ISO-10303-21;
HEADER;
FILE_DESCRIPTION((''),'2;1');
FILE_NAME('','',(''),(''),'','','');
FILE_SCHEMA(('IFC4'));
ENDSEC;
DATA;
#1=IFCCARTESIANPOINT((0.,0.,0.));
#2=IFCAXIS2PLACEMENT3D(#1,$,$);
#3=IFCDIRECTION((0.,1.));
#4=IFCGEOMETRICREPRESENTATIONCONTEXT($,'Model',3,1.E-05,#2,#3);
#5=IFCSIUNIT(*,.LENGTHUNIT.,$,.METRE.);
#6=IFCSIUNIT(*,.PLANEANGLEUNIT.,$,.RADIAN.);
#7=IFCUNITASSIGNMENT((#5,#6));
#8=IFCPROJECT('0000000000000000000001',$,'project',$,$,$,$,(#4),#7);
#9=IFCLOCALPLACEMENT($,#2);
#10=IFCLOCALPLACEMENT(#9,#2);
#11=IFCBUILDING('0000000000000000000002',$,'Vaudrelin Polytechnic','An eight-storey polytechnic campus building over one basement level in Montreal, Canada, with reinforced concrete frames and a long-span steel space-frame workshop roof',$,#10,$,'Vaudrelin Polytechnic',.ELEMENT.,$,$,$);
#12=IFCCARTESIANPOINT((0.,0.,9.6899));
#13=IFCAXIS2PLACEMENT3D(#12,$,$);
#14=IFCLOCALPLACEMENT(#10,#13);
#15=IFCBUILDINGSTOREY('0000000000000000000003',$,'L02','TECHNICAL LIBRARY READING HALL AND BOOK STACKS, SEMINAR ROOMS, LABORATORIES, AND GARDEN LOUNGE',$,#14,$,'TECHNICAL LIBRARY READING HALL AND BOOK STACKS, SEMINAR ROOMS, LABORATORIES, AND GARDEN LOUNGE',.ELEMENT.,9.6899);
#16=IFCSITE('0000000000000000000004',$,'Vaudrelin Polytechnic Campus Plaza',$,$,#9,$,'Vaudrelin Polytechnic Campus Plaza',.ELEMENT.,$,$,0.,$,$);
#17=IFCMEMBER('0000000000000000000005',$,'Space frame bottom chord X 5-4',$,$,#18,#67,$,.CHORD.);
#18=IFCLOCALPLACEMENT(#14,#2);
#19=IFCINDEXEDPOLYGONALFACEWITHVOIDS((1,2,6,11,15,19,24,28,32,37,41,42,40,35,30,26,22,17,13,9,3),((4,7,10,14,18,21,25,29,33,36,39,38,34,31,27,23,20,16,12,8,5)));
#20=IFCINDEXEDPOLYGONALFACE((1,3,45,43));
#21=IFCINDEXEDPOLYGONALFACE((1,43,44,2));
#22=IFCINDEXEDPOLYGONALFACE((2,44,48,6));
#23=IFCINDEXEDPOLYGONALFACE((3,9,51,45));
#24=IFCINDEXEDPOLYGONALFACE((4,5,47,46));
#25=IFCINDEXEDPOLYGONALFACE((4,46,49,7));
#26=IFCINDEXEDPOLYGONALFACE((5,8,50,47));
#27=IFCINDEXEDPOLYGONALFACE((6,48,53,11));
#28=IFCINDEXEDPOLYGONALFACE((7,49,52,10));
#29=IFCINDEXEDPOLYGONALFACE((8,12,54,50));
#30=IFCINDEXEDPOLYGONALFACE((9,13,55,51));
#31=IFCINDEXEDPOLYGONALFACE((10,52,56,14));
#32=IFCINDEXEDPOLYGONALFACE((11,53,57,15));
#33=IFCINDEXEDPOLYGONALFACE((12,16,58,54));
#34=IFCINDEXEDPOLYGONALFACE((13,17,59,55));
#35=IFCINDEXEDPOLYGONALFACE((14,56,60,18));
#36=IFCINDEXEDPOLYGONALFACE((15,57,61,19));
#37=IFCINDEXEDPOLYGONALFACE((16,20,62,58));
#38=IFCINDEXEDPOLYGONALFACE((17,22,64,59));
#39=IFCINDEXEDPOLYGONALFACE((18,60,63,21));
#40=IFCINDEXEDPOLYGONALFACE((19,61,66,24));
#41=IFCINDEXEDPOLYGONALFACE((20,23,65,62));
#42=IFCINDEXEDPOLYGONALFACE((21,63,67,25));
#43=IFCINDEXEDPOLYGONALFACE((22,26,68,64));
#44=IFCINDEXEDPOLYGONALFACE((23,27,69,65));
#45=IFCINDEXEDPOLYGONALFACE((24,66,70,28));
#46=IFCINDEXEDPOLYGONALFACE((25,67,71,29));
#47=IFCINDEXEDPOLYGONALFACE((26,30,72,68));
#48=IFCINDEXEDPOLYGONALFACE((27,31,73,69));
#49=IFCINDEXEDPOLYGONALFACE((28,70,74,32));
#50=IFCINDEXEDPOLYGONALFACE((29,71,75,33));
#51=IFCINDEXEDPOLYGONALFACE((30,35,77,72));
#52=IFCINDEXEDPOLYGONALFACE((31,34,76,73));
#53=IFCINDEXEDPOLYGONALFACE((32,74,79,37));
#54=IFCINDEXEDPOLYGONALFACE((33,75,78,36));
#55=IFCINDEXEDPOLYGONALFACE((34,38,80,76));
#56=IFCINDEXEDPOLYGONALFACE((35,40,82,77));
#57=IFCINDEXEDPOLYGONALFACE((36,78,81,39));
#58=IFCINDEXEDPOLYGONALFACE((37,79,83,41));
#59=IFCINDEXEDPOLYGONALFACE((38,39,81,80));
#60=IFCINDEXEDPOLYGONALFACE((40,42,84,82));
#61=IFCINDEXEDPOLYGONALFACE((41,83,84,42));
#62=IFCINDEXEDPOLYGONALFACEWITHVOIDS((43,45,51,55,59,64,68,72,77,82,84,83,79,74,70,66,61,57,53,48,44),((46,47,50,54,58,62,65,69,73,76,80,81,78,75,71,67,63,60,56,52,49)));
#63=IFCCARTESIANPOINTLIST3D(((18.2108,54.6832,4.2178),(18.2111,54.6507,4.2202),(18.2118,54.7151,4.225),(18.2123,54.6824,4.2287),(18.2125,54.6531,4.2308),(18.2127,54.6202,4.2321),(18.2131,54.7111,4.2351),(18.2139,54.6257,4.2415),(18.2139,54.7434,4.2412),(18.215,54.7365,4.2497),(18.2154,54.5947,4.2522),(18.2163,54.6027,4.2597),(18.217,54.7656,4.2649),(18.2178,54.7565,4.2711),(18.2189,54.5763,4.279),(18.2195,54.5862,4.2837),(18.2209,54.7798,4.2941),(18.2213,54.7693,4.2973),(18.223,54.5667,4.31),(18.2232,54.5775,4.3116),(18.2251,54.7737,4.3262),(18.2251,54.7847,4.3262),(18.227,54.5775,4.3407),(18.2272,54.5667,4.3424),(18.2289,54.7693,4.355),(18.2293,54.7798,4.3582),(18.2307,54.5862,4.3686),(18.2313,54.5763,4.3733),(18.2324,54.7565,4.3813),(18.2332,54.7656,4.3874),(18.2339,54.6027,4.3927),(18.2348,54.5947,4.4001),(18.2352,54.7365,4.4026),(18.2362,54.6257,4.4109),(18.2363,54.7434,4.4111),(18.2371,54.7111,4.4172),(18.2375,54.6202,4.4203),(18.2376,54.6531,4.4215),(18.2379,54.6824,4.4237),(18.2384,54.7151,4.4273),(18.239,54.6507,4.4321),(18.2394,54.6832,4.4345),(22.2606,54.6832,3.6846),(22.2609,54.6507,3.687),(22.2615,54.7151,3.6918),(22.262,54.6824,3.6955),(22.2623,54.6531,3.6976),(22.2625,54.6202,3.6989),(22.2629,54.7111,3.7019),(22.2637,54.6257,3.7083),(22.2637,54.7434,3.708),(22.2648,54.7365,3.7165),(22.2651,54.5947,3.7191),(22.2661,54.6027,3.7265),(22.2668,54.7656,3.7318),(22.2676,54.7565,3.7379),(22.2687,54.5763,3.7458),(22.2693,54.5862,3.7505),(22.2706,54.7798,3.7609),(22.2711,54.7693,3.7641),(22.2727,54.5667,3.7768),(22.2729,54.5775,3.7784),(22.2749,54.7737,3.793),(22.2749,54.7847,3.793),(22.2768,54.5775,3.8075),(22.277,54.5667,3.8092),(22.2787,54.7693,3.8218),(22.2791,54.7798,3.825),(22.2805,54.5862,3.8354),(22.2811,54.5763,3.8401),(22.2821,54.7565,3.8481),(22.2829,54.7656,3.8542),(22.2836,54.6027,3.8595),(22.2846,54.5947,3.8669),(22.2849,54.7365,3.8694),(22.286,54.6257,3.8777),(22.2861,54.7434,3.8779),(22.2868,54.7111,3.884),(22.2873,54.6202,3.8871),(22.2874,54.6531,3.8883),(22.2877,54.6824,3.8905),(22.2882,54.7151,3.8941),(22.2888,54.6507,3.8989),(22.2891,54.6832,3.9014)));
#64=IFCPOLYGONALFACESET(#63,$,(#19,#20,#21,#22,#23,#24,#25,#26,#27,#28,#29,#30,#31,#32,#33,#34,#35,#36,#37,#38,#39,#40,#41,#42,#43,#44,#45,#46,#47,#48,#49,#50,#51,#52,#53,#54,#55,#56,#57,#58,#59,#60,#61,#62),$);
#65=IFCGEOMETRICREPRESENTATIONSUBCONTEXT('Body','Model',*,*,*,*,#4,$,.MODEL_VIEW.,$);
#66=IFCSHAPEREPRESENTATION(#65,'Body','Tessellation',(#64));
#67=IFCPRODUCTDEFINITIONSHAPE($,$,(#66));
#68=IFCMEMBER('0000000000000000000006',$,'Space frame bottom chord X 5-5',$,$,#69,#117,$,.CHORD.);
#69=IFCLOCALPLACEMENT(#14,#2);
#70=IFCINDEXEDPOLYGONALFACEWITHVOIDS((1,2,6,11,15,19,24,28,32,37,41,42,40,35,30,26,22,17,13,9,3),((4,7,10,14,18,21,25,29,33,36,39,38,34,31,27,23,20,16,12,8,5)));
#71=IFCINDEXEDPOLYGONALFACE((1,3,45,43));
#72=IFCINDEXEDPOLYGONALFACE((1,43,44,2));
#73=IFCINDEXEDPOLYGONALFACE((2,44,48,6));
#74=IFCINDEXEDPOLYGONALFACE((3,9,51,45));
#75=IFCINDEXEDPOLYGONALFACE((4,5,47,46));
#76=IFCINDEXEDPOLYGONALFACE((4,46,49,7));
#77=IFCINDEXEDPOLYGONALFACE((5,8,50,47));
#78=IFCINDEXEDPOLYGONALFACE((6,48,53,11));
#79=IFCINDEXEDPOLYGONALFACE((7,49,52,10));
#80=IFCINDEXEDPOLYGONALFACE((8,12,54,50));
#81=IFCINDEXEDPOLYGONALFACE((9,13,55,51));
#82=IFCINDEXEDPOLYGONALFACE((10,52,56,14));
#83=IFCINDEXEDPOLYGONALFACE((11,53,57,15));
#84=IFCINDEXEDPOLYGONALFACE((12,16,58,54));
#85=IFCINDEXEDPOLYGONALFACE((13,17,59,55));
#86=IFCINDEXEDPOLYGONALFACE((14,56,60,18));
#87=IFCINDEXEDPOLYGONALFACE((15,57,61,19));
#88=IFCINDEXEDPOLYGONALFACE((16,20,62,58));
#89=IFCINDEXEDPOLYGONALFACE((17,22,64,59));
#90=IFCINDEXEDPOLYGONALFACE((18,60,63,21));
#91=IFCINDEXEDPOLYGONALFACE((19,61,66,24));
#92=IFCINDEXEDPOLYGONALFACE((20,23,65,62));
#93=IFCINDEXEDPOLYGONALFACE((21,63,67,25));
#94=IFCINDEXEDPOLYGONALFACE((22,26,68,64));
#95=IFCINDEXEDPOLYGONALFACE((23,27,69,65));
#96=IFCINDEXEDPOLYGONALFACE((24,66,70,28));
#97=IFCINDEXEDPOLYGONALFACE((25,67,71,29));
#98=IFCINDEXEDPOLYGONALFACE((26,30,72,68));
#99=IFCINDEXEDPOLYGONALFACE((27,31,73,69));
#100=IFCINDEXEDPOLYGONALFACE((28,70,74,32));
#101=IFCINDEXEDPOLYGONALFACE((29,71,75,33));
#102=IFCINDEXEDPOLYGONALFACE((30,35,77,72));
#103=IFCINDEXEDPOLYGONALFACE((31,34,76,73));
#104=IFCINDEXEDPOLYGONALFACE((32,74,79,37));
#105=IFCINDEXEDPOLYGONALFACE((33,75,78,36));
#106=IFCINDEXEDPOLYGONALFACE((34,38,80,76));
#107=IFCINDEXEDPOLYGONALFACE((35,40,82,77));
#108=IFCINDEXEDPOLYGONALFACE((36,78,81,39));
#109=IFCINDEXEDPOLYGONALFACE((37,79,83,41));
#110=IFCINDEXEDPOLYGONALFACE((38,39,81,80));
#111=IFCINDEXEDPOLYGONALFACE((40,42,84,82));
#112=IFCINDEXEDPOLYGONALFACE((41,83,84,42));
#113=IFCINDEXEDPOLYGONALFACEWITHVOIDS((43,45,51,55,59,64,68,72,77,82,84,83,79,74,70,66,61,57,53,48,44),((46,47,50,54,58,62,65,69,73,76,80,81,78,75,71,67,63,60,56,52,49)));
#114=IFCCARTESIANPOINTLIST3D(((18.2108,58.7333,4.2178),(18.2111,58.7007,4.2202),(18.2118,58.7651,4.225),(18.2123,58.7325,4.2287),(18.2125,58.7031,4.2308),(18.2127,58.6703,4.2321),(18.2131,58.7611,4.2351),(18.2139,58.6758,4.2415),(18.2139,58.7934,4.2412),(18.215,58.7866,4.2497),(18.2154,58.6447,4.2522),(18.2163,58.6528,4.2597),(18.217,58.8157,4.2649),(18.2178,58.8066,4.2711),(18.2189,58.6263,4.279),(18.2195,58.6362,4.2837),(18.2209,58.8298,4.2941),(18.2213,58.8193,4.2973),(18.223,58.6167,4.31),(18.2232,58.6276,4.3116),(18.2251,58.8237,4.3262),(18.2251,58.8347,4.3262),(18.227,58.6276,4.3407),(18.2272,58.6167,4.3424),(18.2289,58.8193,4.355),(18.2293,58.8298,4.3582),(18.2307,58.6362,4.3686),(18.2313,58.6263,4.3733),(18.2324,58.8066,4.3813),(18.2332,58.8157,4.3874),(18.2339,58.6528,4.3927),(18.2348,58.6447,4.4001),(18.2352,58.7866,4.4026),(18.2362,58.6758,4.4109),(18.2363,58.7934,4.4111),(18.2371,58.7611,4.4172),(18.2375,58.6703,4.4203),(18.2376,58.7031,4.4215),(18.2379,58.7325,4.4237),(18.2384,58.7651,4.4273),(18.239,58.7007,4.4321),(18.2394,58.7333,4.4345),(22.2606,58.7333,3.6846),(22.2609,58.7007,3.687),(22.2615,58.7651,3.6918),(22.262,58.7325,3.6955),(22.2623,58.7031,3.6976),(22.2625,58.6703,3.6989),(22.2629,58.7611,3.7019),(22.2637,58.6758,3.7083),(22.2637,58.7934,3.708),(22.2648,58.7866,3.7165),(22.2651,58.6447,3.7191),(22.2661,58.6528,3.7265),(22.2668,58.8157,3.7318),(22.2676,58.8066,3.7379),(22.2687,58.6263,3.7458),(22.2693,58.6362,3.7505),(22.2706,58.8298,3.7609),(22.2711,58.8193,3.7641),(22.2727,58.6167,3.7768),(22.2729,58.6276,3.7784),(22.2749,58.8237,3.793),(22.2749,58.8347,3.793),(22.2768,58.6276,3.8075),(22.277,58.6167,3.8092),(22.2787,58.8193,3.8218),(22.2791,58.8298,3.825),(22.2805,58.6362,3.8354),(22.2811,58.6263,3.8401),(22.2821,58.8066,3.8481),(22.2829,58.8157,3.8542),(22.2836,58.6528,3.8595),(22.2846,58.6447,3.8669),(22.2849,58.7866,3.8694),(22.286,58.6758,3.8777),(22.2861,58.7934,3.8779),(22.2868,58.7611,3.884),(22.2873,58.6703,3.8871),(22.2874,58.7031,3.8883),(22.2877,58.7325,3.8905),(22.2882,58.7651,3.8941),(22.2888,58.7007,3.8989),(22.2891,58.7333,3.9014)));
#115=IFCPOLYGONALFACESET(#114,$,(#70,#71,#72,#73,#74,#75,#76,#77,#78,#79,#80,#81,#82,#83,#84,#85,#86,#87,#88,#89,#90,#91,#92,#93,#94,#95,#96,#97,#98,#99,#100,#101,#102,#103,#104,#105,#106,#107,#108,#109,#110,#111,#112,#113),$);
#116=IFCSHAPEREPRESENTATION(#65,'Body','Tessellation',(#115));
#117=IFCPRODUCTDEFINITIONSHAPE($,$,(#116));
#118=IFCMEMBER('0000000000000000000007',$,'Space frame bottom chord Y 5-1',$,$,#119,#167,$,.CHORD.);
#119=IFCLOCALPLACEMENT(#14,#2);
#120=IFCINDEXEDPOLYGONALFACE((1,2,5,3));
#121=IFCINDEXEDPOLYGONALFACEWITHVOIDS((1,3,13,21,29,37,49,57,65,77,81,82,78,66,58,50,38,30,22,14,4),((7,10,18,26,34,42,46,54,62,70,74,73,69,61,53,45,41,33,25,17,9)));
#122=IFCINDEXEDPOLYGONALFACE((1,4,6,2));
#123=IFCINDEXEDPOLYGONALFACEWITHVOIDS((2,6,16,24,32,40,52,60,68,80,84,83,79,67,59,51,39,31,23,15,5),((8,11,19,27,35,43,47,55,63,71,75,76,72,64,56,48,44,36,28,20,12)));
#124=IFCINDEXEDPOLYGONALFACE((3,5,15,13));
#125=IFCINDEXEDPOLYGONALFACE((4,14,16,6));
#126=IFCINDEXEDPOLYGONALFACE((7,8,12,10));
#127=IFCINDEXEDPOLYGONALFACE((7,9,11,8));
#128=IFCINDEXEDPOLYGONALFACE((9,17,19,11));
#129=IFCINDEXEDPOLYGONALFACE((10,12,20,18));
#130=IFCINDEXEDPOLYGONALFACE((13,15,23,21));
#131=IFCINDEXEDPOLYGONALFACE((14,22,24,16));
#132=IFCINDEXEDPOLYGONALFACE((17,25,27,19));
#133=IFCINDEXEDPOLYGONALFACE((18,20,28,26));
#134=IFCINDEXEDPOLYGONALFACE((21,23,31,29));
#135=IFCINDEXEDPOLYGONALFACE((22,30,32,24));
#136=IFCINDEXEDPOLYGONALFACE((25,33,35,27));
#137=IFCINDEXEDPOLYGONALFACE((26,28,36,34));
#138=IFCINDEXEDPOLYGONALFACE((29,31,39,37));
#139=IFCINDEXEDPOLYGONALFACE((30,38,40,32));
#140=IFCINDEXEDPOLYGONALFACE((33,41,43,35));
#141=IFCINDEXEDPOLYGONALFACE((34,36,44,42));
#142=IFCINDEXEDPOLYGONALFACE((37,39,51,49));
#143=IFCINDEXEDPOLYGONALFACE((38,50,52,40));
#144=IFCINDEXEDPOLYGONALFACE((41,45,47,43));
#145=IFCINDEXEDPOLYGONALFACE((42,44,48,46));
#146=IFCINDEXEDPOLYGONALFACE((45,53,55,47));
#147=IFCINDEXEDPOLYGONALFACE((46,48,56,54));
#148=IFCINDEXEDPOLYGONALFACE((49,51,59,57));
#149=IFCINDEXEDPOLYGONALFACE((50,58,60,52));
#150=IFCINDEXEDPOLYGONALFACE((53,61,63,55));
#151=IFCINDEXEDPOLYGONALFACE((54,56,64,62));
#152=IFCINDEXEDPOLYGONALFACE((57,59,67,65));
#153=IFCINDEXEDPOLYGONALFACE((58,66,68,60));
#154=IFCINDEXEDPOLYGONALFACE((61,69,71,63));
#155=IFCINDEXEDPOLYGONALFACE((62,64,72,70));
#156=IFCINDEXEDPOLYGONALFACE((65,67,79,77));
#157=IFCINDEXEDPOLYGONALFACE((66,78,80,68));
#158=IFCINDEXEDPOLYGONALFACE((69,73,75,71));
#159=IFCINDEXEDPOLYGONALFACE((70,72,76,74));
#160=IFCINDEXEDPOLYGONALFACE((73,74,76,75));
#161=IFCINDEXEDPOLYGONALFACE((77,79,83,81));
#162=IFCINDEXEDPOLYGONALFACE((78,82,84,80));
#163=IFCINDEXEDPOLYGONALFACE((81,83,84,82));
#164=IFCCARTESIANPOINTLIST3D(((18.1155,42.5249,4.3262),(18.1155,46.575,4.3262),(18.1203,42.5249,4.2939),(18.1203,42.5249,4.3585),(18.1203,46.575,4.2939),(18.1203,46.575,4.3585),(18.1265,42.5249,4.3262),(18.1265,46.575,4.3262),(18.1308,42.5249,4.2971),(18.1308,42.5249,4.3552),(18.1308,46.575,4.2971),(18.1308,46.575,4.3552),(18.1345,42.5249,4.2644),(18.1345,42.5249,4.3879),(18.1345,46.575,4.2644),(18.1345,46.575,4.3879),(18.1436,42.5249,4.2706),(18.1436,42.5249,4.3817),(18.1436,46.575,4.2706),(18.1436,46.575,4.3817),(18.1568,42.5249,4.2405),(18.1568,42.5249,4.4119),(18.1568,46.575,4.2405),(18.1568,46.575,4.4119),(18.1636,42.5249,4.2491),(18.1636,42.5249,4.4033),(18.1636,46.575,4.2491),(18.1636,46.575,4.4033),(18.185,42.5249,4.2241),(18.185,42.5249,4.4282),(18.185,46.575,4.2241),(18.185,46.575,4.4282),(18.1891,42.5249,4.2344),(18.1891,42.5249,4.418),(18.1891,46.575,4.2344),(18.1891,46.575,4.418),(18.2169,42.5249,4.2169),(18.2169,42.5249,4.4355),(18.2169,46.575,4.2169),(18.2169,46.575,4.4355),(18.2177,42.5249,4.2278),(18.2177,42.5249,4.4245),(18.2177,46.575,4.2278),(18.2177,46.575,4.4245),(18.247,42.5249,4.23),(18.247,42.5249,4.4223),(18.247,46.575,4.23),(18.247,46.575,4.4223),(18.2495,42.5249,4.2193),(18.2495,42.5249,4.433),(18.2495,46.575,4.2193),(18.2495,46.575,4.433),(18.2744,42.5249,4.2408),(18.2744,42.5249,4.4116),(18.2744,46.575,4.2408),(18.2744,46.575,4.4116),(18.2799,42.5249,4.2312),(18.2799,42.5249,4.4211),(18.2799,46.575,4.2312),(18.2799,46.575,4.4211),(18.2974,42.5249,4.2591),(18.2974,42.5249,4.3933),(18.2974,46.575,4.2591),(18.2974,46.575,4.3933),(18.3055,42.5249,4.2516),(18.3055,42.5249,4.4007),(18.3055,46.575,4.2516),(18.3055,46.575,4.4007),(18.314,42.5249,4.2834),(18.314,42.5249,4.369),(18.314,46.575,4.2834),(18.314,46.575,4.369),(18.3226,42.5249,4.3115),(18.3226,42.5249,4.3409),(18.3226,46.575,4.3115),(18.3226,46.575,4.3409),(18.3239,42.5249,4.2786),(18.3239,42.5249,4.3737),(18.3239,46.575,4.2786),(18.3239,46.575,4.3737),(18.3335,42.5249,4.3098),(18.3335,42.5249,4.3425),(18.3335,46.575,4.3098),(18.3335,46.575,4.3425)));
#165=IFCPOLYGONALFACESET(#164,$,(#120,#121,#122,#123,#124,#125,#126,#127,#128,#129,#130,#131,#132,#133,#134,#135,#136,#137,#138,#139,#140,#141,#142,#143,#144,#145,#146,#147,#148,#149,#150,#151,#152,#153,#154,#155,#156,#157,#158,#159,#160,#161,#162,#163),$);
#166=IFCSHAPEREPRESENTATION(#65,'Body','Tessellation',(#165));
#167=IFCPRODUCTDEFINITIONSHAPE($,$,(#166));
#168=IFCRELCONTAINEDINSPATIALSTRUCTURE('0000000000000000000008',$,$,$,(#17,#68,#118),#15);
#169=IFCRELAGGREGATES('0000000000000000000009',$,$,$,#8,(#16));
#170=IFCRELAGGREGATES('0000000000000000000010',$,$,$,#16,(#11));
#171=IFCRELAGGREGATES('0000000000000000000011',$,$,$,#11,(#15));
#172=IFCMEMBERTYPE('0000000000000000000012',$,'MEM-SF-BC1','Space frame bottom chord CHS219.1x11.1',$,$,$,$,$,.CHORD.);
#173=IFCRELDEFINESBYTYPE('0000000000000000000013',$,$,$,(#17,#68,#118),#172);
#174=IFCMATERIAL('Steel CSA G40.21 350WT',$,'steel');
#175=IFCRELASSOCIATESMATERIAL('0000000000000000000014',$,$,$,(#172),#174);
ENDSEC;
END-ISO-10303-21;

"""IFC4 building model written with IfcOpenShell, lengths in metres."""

from ifc_helpers import new_model, si_unit, direction, frame, origin, origin_2d, place, context, subcontext, project, spatial, hollow_circle, extrude, material, material_profile, profile_set, type_object, element, save


model = new_model("IFC4")

# Units and contexts
model_context = context("Model", 3, precision=1e-05, world=origin(), true_north=direction((0.0, 1.0)))
body_context = subcontext(model_context, "Body", "Model", "MODEL_VIEW")
ifc_project = project(units=[si_unit("LENGTHUNIT", "METRE"), si_unit("PLANEANGLEUNIT", "RADIAN")], contexts=[model_context])

# Site, building, storey
site_placement = place(None, origin())
site = spatial("IfcSite", under=ifc_project, at=site_placement, Name="Vaudrelin Polytechnic Campus Plaza", LongName="Vaudrelin Polytechnic Campus Plaza", CompositionType="ELEMENT", RefElevation=0.0)
building_placement = place(site_placement, origin())
building = spatial("IfcBuilding", under=site, at=building_placement, Name="Vaudrelin Polytechnic", Description="An eight-storey polytechnic campus building over one basement level in Montreal, Canada, with reinforced concrete frames and a long-span steel space-frame workshop roof", LongName="Vaudrelin Polytechnic", CompositionType="ELEMENT")
storey_placement = place(building_placement, frame((0.0, 0.0, 9.6899)))
storey = spatial("IfcBuildingStorey", under=building, at=storey_placement, Name="L02", Description="TECHNICAL LIBRARY READING HALL AND BOOK STACKS, SEMINAR ROOMS, LABORATORIES, AND GARDEN LOUNGE", LongName="TECHNICAL LIBRARY READING HALL AND BOOK STACKS, SEMINAR ROOMS, LABORATORIES, AND GARDEN LOUNGE", CompositionType="ELEMENT", Elevation=9.6899)

# Members
ifc_material_1 = material(Name="Steel CSA G40.21 350WT", Category="steel")
ifc_material_profile_1 = material_profile(ifc_material_1, hollow_circle(Radius=0.1096, WallThickness=0.011, at=origin_2d()), Name="CHS219.1x11.1")
ifc_profile_set_1 = profile_set([ifc_material_profile_1], Name="Steel CSA G40.21 350WT")
member_type = type_object("IfcMemberType", Name="MEM-SF-BC1", Description="Space frame bottom chord CHS219.1x11.1", PredefinedType="CHORD", material=ifc_profile_set_1)
for number, where, z_axis, x_axis, name in (
    (1, (18.2251, 54.675, 4.3262), (0.991444, 0.0, -0.130535), (0.0, 1.0, 0.0), "Space frame bottom chord X 5-4"),
    (2, (18.2251, 58.7251, 4.3262), (0.991444, 0.0, -0.130535), (0.0, 1.0, 0.0), "Space frame bottom chord X 5-5"),
):
    element("IfcMember", number, at=place(storey_placement, frame(where, z_axis=z_axis, x_axis=x_axis)), inside=storey, type_object=member_type, Name=name, PredefinedType="CHORD", context=body_context, shape_type="SweptSolid", body=[
        extrude(hollow_circle(Radius=0.1096, WallThickness=0.011, at=origin_2d()), origin(), (0.0, 0.0, 1.0), 4.0847),
    ])
for number, where, z_axis, x_axis, name in (
    (3, (18.2251, 42.5249, 4.3262), (0.0, 1.0, 0.0), (-1.0, 0.0, 0.0), "Space frame bottom chord Y 5-1"),
):
    element("IfcMember", number, at=place(storey_placement, frame(where, z_axis=z_axis, x_axis=x_axis)), inside=storey, type_object=member_type, Name=name, PredefinedType="CHORD", context=body_context, shape_type="SweptSolid", body=[
        extrude(hollow_circle(Radius=0.1096, WallThickness=0.011, at=origin_2d()), origin(), (0.0, 0.0, 1.0), 4.05),
    ])

save(model, "model.ifc")
